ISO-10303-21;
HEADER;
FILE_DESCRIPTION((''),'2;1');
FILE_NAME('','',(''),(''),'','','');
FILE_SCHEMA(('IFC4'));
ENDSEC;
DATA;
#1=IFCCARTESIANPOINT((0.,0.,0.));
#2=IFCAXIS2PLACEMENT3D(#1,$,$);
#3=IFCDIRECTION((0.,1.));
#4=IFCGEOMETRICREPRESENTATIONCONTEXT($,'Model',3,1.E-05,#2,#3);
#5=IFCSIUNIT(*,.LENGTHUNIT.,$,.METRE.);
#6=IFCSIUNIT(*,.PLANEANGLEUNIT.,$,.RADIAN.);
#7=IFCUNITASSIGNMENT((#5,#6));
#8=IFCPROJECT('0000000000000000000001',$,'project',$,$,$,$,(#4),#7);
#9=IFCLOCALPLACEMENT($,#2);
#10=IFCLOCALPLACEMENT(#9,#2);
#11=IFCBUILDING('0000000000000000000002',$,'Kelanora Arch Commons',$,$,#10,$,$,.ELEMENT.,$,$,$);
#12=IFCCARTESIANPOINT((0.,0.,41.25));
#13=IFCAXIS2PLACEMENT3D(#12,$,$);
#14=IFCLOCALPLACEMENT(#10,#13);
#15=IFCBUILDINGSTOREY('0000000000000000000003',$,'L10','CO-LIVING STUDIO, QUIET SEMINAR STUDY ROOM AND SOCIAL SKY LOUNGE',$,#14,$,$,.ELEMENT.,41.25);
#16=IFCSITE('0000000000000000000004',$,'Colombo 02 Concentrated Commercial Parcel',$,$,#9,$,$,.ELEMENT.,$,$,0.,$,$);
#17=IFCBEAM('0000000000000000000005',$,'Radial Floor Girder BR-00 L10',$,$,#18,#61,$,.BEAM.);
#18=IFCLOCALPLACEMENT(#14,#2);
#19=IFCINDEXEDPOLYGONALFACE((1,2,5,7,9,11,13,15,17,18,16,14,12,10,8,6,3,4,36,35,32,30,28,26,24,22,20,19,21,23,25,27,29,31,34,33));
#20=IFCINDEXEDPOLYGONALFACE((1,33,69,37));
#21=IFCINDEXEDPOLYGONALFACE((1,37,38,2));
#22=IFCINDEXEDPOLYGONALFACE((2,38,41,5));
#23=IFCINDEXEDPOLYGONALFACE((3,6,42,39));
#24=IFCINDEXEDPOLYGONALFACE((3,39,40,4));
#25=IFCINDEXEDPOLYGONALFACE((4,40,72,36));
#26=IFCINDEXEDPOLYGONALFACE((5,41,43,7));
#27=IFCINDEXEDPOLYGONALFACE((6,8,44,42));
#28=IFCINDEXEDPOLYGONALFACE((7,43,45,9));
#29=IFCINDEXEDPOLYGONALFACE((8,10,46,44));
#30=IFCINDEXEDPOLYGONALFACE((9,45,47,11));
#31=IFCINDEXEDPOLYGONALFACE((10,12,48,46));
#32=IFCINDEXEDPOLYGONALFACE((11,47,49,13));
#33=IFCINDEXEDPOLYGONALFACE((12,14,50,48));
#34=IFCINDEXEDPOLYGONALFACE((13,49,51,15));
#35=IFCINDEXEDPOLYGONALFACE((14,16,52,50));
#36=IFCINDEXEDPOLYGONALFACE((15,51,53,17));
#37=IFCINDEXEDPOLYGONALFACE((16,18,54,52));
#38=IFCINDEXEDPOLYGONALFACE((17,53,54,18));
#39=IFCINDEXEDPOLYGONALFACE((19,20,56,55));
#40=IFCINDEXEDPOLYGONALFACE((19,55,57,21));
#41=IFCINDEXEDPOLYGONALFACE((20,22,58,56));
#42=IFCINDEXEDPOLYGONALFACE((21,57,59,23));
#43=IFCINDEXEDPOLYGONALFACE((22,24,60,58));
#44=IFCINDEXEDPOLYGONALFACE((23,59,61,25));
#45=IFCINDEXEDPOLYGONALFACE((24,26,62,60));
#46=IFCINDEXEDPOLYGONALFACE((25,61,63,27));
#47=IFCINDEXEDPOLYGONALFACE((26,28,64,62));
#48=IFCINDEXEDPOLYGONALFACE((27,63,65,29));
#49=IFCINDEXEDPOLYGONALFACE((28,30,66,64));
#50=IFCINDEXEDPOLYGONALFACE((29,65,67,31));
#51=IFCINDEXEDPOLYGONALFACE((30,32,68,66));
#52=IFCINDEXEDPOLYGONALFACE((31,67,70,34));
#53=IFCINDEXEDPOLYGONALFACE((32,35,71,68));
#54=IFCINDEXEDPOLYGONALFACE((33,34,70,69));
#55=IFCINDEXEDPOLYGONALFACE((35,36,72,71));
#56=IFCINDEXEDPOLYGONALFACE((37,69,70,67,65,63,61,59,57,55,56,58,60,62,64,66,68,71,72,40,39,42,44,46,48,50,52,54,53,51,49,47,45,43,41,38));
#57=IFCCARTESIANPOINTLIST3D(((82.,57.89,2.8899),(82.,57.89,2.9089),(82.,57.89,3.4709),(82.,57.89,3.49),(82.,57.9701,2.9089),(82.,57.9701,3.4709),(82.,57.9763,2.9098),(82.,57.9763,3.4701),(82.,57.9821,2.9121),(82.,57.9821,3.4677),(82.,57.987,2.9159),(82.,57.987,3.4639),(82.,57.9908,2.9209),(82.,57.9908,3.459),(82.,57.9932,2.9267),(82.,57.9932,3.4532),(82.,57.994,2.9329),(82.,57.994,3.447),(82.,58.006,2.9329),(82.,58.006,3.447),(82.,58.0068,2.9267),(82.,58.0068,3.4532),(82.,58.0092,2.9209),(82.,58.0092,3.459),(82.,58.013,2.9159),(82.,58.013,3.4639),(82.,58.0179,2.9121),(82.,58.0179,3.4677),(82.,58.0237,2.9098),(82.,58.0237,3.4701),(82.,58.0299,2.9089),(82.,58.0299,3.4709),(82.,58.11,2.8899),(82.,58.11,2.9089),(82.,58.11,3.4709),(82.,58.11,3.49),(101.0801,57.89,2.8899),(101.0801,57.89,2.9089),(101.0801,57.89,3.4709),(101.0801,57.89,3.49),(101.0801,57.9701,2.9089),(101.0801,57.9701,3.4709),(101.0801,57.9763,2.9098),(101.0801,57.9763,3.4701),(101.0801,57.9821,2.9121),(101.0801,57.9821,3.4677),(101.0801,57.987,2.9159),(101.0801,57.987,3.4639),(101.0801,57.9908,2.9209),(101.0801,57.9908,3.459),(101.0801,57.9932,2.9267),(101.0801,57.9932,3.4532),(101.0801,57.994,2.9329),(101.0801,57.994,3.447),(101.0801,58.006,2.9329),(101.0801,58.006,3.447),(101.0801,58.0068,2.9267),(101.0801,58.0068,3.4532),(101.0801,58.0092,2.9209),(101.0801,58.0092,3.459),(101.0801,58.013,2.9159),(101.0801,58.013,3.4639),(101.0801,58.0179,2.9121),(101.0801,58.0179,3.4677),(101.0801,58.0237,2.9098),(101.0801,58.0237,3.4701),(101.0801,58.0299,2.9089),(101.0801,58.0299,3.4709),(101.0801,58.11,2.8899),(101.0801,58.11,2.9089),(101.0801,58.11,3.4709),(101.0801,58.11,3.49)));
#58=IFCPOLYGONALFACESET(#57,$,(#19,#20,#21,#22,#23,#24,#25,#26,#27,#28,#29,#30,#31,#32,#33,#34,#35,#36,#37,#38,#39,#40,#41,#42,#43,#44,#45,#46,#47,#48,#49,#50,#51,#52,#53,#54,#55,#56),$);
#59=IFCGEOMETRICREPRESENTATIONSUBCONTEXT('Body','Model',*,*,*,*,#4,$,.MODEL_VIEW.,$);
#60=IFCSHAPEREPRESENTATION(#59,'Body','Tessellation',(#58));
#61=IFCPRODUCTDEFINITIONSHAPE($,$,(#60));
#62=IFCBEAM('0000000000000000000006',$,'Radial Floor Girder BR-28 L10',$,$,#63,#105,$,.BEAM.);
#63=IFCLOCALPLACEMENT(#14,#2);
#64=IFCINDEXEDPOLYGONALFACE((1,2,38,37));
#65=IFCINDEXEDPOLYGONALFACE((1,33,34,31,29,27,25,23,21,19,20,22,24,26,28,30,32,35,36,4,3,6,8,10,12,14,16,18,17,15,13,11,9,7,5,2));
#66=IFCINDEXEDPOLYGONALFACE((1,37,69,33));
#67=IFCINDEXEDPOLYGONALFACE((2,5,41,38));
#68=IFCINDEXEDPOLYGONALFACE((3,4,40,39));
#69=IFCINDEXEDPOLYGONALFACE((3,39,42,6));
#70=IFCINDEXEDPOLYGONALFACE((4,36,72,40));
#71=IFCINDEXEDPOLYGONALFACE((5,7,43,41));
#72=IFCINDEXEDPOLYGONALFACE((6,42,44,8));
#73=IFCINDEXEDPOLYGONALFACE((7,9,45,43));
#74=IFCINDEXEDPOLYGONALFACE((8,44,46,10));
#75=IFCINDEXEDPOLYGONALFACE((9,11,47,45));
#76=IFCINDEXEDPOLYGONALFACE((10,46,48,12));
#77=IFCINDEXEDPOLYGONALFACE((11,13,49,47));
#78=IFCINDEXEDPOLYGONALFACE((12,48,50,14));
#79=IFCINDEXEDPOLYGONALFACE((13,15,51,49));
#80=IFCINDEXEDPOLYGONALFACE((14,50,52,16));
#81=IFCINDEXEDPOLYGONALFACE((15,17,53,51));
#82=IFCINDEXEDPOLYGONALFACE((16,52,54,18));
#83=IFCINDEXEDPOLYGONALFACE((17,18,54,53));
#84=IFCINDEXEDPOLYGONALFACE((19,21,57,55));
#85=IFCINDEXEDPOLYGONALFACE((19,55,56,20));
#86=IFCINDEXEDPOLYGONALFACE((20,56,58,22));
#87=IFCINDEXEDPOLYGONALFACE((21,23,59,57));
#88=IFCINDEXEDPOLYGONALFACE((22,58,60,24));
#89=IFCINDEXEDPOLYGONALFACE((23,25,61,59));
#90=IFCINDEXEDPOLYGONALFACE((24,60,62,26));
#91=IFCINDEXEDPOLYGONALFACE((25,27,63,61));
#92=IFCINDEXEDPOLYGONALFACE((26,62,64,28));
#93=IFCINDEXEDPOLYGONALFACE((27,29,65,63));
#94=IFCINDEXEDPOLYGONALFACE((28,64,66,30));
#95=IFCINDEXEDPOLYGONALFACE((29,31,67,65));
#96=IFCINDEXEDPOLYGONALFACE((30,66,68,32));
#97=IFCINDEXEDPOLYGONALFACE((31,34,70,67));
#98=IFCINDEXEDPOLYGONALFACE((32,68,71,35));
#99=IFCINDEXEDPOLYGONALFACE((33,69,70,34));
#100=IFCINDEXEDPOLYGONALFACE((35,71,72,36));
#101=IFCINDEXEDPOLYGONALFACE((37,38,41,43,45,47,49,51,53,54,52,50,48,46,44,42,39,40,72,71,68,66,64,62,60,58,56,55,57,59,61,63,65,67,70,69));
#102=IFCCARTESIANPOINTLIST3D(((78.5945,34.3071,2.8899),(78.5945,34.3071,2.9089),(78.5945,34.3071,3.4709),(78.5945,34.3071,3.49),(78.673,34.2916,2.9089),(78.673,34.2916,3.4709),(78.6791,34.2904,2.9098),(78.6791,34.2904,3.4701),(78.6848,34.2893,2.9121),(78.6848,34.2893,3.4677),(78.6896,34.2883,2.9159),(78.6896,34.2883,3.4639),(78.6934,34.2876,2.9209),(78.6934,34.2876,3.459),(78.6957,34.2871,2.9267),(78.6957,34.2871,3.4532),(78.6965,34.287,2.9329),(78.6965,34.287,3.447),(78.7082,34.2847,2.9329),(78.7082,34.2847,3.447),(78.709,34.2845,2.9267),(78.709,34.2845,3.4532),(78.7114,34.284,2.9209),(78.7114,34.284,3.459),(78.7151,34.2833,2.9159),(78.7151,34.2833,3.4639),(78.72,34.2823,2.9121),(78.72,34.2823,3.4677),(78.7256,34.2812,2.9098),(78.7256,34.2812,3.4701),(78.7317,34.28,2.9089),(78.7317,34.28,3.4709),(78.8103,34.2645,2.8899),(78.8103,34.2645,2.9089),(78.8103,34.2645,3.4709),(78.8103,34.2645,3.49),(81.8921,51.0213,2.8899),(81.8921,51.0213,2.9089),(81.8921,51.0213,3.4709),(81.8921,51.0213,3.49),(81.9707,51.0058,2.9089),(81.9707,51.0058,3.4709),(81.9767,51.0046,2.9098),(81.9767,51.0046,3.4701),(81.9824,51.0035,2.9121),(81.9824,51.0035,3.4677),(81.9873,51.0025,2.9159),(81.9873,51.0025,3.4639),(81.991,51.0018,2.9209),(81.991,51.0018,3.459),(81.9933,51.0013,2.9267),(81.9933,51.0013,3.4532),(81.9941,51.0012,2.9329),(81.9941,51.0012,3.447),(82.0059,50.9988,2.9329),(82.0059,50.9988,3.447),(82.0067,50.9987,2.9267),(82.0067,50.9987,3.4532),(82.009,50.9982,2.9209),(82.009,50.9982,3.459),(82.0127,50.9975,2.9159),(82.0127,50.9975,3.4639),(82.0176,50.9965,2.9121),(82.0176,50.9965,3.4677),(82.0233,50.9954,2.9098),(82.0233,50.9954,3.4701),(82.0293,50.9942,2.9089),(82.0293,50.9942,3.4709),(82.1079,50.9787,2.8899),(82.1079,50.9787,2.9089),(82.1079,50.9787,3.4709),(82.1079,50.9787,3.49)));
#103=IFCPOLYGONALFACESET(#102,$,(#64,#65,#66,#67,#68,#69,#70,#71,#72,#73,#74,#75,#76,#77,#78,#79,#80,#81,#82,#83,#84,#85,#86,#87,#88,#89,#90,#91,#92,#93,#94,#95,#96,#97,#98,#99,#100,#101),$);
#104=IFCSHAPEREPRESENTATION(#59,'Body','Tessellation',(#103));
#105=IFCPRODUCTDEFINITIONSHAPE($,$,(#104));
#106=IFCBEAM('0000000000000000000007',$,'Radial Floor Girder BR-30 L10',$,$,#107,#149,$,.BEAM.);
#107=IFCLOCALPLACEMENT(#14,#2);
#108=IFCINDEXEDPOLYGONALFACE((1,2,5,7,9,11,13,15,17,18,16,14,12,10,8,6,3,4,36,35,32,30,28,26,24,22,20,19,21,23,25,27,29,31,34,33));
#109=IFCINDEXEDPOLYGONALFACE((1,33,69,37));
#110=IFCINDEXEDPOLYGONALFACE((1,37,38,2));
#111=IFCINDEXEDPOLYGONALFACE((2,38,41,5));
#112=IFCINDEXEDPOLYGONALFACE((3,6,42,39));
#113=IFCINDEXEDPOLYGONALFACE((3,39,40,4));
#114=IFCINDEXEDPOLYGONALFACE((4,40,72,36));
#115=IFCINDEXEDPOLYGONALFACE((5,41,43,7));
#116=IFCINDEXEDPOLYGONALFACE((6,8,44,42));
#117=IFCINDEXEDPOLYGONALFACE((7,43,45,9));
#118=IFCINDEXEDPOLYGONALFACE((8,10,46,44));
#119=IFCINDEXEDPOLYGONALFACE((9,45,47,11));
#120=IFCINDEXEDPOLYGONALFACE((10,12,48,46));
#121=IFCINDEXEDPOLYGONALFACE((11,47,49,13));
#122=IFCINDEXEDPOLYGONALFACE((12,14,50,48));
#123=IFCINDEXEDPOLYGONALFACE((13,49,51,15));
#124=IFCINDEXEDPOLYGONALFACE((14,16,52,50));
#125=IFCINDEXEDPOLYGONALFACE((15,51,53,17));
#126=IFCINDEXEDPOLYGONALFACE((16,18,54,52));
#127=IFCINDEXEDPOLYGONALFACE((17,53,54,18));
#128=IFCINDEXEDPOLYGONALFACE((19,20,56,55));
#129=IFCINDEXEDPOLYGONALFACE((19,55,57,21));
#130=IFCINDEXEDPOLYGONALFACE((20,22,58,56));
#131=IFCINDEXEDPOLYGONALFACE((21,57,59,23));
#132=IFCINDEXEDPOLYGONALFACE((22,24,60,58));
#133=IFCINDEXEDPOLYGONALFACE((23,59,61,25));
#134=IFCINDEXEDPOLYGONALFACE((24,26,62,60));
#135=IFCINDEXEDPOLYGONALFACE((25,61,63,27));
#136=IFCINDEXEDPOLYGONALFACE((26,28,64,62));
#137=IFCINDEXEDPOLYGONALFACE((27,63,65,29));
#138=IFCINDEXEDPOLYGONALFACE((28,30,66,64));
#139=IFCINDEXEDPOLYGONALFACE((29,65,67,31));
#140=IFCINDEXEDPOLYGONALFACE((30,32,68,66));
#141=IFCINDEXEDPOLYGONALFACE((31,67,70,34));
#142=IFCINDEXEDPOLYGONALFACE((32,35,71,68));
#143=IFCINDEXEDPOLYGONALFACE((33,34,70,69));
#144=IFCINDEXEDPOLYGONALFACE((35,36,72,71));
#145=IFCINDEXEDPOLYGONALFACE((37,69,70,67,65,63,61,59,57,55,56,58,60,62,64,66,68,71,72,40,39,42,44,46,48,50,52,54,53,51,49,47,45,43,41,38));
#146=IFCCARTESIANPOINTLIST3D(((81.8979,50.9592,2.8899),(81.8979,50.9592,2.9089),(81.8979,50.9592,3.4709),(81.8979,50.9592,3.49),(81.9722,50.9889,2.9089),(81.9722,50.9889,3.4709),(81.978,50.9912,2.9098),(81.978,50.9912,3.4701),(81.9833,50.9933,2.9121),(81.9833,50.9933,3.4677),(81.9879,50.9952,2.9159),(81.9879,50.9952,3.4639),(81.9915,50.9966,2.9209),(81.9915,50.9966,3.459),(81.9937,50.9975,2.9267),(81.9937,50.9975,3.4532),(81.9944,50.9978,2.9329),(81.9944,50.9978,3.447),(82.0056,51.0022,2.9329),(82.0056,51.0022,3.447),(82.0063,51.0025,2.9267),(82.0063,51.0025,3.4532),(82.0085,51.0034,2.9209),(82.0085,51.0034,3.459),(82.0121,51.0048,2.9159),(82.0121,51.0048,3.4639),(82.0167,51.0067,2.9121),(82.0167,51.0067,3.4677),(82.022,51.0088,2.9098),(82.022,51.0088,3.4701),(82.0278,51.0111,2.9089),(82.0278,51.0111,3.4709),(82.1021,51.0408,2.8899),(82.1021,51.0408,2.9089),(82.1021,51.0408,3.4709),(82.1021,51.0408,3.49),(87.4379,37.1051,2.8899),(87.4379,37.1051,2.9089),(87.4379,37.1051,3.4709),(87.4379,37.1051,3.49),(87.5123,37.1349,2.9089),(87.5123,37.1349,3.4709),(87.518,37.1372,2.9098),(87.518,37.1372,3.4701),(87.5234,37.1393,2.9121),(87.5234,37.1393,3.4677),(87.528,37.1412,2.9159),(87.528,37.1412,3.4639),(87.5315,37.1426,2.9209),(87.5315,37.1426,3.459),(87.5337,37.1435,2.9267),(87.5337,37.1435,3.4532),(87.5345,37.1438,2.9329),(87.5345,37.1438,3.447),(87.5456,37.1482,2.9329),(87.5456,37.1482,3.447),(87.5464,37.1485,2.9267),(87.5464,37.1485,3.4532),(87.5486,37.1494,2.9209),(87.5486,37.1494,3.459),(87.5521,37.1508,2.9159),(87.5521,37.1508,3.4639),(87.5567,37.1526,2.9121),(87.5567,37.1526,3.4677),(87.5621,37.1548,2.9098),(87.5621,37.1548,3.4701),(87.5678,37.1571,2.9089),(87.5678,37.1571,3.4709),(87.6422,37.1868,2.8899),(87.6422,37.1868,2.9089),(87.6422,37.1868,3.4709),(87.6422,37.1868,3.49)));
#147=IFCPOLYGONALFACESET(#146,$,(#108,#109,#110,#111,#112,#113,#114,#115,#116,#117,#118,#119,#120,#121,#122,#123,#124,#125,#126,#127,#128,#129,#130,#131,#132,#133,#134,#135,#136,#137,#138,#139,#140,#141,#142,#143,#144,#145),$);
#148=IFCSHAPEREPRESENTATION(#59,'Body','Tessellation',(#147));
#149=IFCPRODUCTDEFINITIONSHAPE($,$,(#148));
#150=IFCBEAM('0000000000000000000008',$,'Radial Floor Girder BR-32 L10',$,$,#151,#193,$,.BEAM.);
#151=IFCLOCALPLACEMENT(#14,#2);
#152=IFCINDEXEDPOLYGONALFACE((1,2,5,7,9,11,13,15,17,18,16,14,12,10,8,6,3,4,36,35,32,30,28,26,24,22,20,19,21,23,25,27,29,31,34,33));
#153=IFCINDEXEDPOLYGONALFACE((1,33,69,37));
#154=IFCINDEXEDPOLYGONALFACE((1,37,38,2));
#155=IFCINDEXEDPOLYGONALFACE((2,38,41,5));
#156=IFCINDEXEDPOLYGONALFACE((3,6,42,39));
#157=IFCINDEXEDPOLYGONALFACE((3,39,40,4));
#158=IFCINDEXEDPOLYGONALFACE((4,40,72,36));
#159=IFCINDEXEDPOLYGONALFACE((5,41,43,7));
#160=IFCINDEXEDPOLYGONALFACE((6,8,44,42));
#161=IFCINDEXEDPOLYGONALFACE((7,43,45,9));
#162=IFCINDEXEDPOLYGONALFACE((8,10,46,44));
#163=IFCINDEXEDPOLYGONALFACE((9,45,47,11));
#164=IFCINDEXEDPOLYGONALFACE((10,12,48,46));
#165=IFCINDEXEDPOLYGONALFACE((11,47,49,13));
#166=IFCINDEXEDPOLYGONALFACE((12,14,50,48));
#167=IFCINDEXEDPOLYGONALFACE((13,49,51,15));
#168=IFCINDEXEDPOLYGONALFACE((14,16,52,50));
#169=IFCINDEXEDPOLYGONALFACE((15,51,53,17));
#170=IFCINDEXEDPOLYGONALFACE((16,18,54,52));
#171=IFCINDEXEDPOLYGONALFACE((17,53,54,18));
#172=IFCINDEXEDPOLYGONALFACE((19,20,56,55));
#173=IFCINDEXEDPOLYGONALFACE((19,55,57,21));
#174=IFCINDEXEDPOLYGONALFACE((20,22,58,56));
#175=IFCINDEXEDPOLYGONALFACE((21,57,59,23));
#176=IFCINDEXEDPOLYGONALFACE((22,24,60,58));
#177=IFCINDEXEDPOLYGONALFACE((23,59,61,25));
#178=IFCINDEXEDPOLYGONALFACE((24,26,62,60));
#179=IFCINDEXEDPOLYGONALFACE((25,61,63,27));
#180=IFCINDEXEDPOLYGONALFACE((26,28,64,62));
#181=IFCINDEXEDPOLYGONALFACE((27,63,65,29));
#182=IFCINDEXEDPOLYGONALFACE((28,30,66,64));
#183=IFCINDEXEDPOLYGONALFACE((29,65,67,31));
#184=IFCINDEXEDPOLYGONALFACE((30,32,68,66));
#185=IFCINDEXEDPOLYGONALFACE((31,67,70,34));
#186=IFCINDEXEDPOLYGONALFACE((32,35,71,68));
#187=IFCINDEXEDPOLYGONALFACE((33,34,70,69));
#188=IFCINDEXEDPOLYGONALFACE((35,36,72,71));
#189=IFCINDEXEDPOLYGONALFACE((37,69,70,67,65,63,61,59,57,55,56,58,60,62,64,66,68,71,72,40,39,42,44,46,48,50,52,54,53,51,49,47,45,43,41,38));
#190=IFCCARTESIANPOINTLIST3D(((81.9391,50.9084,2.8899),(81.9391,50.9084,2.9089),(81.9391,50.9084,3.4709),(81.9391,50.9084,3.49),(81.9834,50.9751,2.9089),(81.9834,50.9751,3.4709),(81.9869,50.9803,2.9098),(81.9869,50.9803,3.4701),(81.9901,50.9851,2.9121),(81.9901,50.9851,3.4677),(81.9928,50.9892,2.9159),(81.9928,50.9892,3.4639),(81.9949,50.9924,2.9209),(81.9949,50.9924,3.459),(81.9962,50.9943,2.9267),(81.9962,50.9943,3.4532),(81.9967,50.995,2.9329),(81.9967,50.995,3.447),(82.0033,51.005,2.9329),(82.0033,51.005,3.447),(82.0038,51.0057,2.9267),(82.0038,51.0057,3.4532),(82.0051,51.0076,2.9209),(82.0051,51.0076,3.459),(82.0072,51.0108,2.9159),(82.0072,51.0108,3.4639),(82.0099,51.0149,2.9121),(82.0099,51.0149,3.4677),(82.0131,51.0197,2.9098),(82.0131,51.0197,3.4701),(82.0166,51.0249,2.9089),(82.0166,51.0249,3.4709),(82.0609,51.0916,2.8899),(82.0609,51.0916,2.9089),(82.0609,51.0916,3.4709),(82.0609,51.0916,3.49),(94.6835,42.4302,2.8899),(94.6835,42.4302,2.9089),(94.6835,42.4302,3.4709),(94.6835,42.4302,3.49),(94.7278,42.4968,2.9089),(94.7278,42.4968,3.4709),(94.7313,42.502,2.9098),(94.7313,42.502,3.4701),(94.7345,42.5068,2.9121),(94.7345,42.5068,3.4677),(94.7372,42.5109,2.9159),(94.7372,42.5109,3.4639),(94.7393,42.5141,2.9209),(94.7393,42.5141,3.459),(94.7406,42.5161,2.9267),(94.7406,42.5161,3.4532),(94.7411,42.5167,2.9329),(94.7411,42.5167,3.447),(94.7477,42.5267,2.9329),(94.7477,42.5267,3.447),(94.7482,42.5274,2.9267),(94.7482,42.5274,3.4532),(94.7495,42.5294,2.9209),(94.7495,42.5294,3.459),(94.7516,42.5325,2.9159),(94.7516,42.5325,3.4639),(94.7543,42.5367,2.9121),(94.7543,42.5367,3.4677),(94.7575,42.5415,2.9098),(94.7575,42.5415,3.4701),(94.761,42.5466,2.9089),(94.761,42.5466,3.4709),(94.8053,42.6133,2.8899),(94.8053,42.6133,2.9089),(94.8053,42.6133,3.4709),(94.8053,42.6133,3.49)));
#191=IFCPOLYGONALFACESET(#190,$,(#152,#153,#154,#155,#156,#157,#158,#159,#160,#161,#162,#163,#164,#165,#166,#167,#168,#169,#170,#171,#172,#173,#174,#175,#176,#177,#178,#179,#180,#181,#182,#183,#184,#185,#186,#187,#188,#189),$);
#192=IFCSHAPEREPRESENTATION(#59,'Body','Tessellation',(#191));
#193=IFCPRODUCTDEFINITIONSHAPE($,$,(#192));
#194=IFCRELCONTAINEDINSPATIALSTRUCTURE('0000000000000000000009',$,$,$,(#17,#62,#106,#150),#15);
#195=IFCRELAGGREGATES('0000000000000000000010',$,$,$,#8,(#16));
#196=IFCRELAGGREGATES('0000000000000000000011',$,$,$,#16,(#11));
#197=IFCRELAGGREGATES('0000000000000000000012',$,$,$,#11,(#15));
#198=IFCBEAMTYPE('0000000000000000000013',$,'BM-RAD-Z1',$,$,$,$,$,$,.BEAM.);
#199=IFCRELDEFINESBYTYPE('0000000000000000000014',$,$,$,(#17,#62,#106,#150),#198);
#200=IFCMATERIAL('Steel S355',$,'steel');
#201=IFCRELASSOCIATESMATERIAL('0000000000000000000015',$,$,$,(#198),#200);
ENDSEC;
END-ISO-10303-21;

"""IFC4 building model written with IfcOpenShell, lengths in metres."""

from ifc_helpers import new_model, si_unit, direction, frame, origin, origin_2d, place, context, subcontext, project, spatial, i_section, extrude, material, material_profile, profile_set, type_object, element, save


model = new_model("IFC4")

# Units and contexts
model_context = context("Model", 3, precision=1e-05, world=origin(), true_north=direction((0.0, 1.0)))
body_context = subcontext(model_context, "Body", "Model", "MODEL_VIEW")
ifc_project = project(units=[si_unit("LENGTHUNIT", "METRE"), si_unit("PLANEANGLEUNIT", "RADIAN")], contexts=[model_context])

# Site, building, storey
site_placement = place(None, origin())
site = spatial("IfcSite", under=ifc_project, at=site_placement, Name="Colombo 02 Concentrated Commercial Parcel", CompositionType="ELEMENT", RefElevation=0.0)
building_placement = place(site_placement, origin())
building = spatial("IfcBuilding", under=site, at=building_placement, Name="Kelanora Arch Commons", CompositionType="ELEMENT")
storey_placement = place(building_placement, frame((0.0, 0.0, 41.25)))
storey = spatial("IfcBuildingStorey", under=building, at=storey_placement, Name="L10", Description="CO-LIVING STUDIO, QUIET SEMINAR STUDY ROOM AND SOCIAL SKY LOUNGE", CompositionType="ELEMENT", Elevation=41.25)

# Beams
ifc_material_1 = material(Name="Steel S355", Category="steel")
ifc_material_profile_1 = material_profile(ifc_material_1, i_section(OverallWidth=0.22, OverallDepth=0.6001, WebThickness=0.012, FlangeThickness=0.019, FilletRadius=0.0239, at=origin_2d()), Name="IPE600")
ifc_profile_set_1 = profile_set([ifc_material_profile_1], Name="Steel S355")
beam_type_1 = type_object("IfcBeamType", Name="BM-RAD-Z1", PredefinedType="BEAM", material=ifc_profile_set_1)
beam_1_placement = place(storey_placement, frame((82.0, 58.0, 3.1899), z_axis=(1.0, 0.0, 0.0), x_axis=(0.0, 1.0, 0.0)))
element("IfcBeam", 1, at=beam_1_placement, inside=storey, type_object=beam_type_1, Name="Radial Floor Girder BR-00 L10", PredefinedType="BEAM", context=body_context, shape_type="SweptSolid", body=[
    extrude(i_section(OverallWidth=0.22, OverallDepth=0.6001, WebThickness=0.012, FlangeThickness=0.019, FilletRadius=0.0239, at=origin_2d()), origin(), (0.0, 0.0, 1.0), 19.0801),
])
beam_2_placement = place(storey_placement, frame((82.0, 51.0, 3.1899), z_axis=(-0.193564, -0.981088, 0.0), x_axis=(0.981088, -0.193564, 0.0)))
element("IfcBeam", 2, at=beam_2_placement, inside=storey, type_object=beam_type_1, Name="Radial Floor Girder BR-28 L10", PredefinedType="BEAM", context=body_context, shape_type="SweptSolid", body=[
    extrude(i_section(OverallWidth=0.22, OverallDepth=0.6001, WebThickness=0.012, FlangeThickness=0.019, FilletRadius=0.0239, at=origin_2d()), origin(), (0.0, 0.0, 1.0), 17.0364),
])
beam_3_placement = place(storey_placement, frame((82.0, 51.0, 3.1899), z_axis=(0.3713, -0.928513, 0.0), x_axis=(0.928513, 0.3713, 0.0)))
element("IfcBeam", 3, at=beam_3_placement, inside=storey, type_object=beam_type_1, Name="Radial Floor Girder BR-30 L10", PredefinedType="BEAM", context=body_context, shape_type="SweptSolid", body=[
    extrude(i_section(OverallWidth=0.22, OverallDepth=0.6001, WebThickness=0.012, FlangeThickness=0.019, FilletRadius=0.0239, at=origin_2d()), origin(), (0.0, 0.0, 1.0), 14.9207),
])
beam_4_placement = place(storey_placement, frame((82.0, 51.0, 3.1899), z_axis=(0.832592, -0.553886, 0.0), x_axis=(0.553886, 0.832592, 0.0)))
element("IfcBeam", 4, at=beam_4_placement, inside=storey, type_object=beam_type_1, Name="Radial Floor Girder BR-32 L10", PredefinedType="BEAM", context=body_context, shape_type="SweptSolid", body=[
    extrude(i_section(OverallWidth=0.22, OverallDepth=0.6001, WebThickness=0.012, FlangeThickness=0.019, FilletRadius=0.0239, at=origin_2d()), origin(), (0.0, 0.0, 1.0), 15.3069),
])

save(model, "model.ifc")
